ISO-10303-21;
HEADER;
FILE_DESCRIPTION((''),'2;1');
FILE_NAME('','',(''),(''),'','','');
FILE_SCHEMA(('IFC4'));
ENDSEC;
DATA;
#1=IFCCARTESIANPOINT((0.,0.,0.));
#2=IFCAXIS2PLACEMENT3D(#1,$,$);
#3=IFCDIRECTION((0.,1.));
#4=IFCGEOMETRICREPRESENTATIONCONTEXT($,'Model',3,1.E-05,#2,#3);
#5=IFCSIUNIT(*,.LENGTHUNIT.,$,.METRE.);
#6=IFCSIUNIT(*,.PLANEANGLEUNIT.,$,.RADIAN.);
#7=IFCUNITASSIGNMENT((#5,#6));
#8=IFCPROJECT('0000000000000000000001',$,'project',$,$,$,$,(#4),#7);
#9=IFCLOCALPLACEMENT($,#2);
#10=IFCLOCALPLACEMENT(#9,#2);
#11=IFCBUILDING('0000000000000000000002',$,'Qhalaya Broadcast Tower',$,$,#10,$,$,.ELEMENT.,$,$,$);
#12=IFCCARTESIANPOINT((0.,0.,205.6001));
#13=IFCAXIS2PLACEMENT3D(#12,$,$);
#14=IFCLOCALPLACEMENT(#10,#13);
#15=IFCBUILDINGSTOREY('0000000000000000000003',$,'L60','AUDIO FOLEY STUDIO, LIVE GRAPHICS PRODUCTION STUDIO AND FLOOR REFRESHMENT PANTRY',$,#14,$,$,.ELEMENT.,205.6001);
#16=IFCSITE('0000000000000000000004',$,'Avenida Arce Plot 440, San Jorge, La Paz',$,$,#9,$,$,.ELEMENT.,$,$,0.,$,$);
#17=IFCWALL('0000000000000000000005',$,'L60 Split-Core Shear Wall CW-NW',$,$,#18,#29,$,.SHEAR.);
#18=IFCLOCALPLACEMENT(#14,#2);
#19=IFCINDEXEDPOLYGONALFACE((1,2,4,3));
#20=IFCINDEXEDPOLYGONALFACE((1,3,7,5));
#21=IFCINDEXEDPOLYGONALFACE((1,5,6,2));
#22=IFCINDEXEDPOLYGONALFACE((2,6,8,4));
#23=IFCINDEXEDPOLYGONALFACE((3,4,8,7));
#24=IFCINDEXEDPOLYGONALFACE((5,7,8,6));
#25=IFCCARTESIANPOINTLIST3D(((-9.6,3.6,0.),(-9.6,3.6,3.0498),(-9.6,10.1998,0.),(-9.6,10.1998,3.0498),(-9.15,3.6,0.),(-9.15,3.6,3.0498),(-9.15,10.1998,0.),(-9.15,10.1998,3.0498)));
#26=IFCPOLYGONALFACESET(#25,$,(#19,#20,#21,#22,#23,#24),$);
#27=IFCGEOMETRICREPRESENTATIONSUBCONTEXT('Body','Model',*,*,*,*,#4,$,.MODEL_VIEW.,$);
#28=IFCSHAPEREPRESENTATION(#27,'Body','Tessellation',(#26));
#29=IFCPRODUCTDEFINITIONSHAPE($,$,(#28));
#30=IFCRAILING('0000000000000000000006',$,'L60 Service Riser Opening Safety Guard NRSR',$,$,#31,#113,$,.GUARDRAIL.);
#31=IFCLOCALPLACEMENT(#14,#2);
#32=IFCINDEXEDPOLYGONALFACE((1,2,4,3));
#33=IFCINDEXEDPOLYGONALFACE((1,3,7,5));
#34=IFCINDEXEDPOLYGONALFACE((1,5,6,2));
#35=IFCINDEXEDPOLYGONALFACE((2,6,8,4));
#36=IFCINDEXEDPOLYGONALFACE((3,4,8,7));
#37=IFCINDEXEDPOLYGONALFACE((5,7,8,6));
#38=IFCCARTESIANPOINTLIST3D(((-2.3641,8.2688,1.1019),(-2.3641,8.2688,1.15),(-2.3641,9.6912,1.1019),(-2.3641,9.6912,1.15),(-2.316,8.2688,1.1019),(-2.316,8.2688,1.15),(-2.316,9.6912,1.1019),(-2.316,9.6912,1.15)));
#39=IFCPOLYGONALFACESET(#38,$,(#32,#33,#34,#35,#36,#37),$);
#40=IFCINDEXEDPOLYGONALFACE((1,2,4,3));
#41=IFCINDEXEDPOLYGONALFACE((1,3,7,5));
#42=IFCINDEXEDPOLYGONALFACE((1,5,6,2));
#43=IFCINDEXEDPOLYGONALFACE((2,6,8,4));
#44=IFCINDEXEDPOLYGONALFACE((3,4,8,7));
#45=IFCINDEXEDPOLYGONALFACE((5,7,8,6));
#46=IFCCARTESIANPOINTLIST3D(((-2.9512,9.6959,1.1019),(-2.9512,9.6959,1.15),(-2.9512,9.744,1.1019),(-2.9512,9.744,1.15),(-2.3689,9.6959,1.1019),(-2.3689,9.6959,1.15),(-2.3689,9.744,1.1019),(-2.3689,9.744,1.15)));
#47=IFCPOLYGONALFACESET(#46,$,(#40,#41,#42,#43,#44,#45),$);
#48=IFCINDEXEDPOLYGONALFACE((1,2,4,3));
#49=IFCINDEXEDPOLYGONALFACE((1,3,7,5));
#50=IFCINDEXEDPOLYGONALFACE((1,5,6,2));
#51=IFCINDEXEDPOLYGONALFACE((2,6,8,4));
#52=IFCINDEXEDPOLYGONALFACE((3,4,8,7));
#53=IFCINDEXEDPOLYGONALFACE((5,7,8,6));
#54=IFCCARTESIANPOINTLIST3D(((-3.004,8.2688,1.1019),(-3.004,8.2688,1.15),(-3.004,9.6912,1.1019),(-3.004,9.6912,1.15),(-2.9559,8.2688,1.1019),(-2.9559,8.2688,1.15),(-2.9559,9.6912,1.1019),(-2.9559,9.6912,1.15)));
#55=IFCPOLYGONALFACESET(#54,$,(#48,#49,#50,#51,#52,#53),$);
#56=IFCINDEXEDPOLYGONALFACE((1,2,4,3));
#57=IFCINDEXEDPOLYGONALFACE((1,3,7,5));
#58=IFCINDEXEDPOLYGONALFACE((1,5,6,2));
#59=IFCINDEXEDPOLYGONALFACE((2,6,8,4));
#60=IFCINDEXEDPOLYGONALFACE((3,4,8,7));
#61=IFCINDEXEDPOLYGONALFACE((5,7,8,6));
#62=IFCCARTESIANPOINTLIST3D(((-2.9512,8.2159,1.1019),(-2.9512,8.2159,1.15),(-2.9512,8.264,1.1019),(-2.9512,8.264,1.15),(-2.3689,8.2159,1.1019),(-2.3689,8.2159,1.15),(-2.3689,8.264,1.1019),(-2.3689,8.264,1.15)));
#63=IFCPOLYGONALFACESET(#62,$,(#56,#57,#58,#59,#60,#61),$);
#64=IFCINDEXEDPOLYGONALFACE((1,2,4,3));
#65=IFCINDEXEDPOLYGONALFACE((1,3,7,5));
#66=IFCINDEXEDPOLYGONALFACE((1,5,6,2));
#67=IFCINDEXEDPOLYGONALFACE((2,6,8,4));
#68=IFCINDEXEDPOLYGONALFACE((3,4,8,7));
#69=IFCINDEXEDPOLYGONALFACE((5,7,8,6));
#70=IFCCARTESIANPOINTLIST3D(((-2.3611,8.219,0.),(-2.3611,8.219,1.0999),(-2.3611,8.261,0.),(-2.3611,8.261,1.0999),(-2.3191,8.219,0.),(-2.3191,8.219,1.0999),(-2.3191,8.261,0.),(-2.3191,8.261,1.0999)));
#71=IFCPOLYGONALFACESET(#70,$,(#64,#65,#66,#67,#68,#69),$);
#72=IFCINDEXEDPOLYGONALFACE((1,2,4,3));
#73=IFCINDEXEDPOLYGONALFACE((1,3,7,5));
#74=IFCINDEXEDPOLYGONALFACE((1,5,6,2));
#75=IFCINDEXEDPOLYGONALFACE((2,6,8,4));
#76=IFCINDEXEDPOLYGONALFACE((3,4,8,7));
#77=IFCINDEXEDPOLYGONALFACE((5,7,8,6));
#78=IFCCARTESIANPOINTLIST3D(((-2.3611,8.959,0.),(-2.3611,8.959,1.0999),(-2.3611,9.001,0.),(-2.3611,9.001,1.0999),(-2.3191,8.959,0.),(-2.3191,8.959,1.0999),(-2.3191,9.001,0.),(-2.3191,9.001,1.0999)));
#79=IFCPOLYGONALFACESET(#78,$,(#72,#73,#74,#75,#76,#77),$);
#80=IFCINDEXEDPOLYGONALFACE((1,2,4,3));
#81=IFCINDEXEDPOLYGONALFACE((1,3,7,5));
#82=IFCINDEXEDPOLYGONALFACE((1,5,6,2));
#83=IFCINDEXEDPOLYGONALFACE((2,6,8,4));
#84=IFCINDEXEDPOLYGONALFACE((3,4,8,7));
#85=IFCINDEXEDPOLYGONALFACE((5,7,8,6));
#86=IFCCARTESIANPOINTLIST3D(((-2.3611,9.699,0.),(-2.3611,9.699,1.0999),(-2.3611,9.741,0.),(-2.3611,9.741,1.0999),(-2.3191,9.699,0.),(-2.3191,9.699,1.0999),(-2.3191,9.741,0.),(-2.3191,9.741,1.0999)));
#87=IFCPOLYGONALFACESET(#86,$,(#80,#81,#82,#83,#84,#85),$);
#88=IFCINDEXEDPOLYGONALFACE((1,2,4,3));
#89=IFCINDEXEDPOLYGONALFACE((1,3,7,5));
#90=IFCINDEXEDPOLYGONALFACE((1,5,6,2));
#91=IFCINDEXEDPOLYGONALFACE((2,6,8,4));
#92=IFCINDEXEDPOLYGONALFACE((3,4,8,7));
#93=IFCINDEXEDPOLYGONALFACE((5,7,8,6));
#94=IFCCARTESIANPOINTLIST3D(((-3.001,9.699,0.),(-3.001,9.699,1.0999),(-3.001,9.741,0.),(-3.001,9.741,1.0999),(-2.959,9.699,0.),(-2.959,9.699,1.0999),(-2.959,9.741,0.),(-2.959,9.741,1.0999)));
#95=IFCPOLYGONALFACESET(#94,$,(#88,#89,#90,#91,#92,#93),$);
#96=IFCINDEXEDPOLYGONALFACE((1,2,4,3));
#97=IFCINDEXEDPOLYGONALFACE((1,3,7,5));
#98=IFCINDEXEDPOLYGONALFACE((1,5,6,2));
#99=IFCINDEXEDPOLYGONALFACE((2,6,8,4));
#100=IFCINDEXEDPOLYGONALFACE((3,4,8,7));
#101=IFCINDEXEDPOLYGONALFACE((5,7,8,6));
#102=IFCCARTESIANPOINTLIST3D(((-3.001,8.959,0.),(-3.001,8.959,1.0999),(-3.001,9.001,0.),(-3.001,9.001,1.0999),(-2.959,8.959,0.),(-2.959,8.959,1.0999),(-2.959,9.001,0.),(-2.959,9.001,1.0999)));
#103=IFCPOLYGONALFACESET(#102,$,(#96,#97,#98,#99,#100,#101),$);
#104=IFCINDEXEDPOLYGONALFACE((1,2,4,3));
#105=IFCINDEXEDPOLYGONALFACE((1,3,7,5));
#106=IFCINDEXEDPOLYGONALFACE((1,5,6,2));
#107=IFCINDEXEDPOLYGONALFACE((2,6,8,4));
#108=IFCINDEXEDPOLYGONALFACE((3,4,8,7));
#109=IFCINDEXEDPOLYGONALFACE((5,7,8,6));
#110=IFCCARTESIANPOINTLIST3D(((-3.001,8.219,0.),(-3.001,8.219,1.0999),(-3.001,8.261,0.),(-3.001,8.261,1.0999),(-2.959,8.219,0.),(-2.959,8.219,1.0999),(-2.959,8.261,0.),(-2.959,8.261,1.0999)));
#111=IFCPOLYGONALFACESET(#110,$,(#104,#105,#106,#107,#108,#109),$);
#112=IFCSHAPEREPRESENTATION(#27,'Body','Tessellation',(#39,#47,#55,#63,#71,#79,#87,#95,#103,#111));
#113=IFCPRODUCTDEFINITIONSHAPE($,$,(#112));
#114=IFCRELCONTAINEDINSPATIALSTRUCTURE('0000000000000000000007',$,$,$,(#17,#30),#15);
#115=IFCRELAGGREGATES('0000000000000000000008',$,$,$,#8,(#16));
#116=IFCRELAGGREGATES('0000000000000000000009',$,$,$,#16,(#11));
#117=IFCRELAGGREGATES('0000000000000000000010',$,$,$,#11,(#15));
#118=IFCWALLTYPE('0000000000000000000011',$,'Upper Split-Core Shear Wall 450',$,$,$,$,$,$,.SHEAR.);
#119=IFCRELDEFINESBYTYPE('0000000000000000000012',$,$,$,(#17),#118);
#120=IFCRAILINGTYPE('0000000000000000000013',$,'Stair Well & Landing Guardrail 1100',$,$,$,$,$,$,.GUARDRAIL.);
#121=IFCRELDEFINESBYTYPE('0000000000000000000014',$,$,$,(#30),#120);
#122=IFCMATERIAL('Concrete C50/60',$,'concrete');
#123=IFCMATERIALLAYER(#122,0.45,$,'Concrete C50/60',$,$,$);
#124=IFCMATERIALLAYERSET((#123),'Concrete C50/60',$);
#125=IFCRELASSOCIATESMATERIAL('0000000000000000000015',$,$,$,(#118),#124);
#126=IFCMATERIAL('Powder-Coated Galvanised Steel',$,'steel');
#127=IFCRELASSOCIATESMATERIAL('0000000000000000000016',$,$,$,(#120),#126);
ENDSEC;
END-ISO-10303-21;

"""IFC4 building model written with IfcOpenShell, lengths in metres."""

from ifc_helpers import new_model, si_unit, direction, frame, frame_2d, origin, origin_2d, place, context, subcontext, project, spatial, rectangle, extrude, material, layer, layer_set, type_object, element, save


model = new_model("IFC4")

# Units and contexts
model_context = context("Model", 3, precision=1e-05, world=origin(), true_north=direction((0.0, 1.0)))
body_context = subcontext(model_context, "Body", "Model", "MODEL_VIEW")
ifc_project = project(units=[si_unit("LENGTHUNIT", "METRE"), si_unit("PLANEANGLEUNIT", "RADIAN")], contexts=[model_context])

# Site, building, storey
site_placement = place(None, origin())
site = spatial("IfcSite", under=ifc_project, at=site_placement, Name="Avenida Arce Plot 440, San Jorge, La Paz", CompositionType="ELEMENT", RefElevation=0.0)
building_placement = place(site_placement, origin())
building = spatial("IfcBuilding", under=site, at=building_placement, Name="Qhalaya Broadcast Tower", CompositionType="ELEMENT")
storey_placement = place(building_placement, frame((0.0, 0.0, 205.6001)))
storey = spatial("IfcBuildingStorey", under=building, at=storey_placement, Name="L60", Description="AUDIO FOLEY STUDIO, LIVE GRAPHICS PRODUCTION STUDIO AND FLOOR REFRESHMENT PANTRY", CompositionType="ELEMENT", Elevation=205.6001)

# Shared definitions
ifc_material_1 = material(Name="Concrete C50/60", Category="concrete")

# Shared definitions
ifc_layer_1 = layer(ifc_material_1, 0.45, Name="Concrete C50/60")
ifc_layer_set_1 = layer_set([ifc_layer_1], Name="Concrete C50/60")
wall_type_1 = type_object("IfcWallType", Name="Upper Split-Core Shear Wall 450", PredefinedType="SHEAR", material=ifc_layer_set_1)

# Wall
wall_1_placement = place(storey_placement, frame((-9.375, 3.6001, 0.0), z_axis=(0.0, 0.0, 1.0), x_axis=(0.0, 1.0, 0.0)))
element("IfcWall", 1, at=wall_1_placement, inside=storey, type_object=wall_type_1, Name="L60 Split-Core Shear Wall CW-NW", PredefinedType="SHEAR", context=body_context, shape_type="SweptSolid", body=[
    extrude(rectangle(XDim=6.5999, YDim=0.45, at=frame_2d((3.2998, 0.0))), origin(), (0.0, 0.0, 1.0), 3.0498),
])

# Railing
ifc_material_2 = material(Name="Powder-Coated Galvanised Steel", Category="steel")
railing_type = type_object("IfcRailingType", Name="Stair Well & Landing Guardrail 1100", PredefinedType="GUARDRAIL", material=ifc_material_2)
railing_placement = place(storey_placement, frame((-2.3401, 8.24, 0.0)))
element("IfcRailing", 2, at=railing_placement, inside=storey, type_object=railing_type, Name="L60 Service Riser Opening Safety Guard NRSR", PredefinedType="GUARDRAIL", context=body_context, shape_type="SweptSolid", body=[
    extrude(rectangle(XDim=0.0481, YDim=0.0481, at=origin_2d()), frame((0.0, 0.0288, 1.126), z_axis=(0.0, 1.0, 0.0), x_axis=(-1.0, 0.0, 0.0)), (0.0, 0.0, 1.0), 1.4224),
    extrude(rectangle(XDim=0.0481, YDim=0.0481, at=origin_2d()), frame((-0.0288, 1.48, 1.126), z_axis=(-1.0, 0.0, 0.0), x_axis=(0.0, -1.0, 0.0)), (0.0, 0.0, 1.0), 0.5823),
    extrude(rectangle(XDim=0.0481, YDim=0.0481, at=origin_2d()), frame((-0.6399, 1.4512, 1.126), z_axis=(0.0, -1.0, 0.0), x_axis=(1.0, 0.0, 0.0)), (0.0, 0.0, 1.0), 1.4224),
    extrude(rectangle(XDim=0.0481, YDim=0.0481, at=origin_2d()), frame((-0.6111, 0.0, 1.126), z_axis=(1.0, 0.0, 0.0), x_axis=(0.0, 1.0, 0.0)), (0.0, 0.0, 1.0), 0.5823),
    extrude(rectangle(XDim=0.042, YDim=0.042, at=origin_2d()), origin(), (0.0, 0.0, 1.0), 1.0999),
    extrude(rectangle(XDim=0.042, YDim=0.042, at=origin_2d()), frame((0.0, 0.74, 0.0)), (0.0, 0.0, 1.0), 1.0999),
    extrude(rectangle(XDim=0.042, YDim=0.042, at=origin_2d()), frame((0.0, 1.48, 0.0)), (0.0, 0.0, 1.0), 1.0999),
    extrude(rectangle(XDim=0.042, YDim=0.042, at=origin_2d()), frame((-0.6399, 1.48, 0.0)), (0.0, 0.0, 1.0), 1.0999),
    extrude(rectangle(XDim=0.042, YDim=0.042, at=origin_2d()), frame((-0.6399, 0.74, 0.0)), (0.0, 0.0, 1.0), 1.0999),
    extrude(rectangle(XDim=0.042, YDim=0.042, at=origin_2d()), frame((-0.6399, 0.0, 0.0)), (0.0, 0.0, 1.0), 1.0999),
])

save(model, "model.ifc")
